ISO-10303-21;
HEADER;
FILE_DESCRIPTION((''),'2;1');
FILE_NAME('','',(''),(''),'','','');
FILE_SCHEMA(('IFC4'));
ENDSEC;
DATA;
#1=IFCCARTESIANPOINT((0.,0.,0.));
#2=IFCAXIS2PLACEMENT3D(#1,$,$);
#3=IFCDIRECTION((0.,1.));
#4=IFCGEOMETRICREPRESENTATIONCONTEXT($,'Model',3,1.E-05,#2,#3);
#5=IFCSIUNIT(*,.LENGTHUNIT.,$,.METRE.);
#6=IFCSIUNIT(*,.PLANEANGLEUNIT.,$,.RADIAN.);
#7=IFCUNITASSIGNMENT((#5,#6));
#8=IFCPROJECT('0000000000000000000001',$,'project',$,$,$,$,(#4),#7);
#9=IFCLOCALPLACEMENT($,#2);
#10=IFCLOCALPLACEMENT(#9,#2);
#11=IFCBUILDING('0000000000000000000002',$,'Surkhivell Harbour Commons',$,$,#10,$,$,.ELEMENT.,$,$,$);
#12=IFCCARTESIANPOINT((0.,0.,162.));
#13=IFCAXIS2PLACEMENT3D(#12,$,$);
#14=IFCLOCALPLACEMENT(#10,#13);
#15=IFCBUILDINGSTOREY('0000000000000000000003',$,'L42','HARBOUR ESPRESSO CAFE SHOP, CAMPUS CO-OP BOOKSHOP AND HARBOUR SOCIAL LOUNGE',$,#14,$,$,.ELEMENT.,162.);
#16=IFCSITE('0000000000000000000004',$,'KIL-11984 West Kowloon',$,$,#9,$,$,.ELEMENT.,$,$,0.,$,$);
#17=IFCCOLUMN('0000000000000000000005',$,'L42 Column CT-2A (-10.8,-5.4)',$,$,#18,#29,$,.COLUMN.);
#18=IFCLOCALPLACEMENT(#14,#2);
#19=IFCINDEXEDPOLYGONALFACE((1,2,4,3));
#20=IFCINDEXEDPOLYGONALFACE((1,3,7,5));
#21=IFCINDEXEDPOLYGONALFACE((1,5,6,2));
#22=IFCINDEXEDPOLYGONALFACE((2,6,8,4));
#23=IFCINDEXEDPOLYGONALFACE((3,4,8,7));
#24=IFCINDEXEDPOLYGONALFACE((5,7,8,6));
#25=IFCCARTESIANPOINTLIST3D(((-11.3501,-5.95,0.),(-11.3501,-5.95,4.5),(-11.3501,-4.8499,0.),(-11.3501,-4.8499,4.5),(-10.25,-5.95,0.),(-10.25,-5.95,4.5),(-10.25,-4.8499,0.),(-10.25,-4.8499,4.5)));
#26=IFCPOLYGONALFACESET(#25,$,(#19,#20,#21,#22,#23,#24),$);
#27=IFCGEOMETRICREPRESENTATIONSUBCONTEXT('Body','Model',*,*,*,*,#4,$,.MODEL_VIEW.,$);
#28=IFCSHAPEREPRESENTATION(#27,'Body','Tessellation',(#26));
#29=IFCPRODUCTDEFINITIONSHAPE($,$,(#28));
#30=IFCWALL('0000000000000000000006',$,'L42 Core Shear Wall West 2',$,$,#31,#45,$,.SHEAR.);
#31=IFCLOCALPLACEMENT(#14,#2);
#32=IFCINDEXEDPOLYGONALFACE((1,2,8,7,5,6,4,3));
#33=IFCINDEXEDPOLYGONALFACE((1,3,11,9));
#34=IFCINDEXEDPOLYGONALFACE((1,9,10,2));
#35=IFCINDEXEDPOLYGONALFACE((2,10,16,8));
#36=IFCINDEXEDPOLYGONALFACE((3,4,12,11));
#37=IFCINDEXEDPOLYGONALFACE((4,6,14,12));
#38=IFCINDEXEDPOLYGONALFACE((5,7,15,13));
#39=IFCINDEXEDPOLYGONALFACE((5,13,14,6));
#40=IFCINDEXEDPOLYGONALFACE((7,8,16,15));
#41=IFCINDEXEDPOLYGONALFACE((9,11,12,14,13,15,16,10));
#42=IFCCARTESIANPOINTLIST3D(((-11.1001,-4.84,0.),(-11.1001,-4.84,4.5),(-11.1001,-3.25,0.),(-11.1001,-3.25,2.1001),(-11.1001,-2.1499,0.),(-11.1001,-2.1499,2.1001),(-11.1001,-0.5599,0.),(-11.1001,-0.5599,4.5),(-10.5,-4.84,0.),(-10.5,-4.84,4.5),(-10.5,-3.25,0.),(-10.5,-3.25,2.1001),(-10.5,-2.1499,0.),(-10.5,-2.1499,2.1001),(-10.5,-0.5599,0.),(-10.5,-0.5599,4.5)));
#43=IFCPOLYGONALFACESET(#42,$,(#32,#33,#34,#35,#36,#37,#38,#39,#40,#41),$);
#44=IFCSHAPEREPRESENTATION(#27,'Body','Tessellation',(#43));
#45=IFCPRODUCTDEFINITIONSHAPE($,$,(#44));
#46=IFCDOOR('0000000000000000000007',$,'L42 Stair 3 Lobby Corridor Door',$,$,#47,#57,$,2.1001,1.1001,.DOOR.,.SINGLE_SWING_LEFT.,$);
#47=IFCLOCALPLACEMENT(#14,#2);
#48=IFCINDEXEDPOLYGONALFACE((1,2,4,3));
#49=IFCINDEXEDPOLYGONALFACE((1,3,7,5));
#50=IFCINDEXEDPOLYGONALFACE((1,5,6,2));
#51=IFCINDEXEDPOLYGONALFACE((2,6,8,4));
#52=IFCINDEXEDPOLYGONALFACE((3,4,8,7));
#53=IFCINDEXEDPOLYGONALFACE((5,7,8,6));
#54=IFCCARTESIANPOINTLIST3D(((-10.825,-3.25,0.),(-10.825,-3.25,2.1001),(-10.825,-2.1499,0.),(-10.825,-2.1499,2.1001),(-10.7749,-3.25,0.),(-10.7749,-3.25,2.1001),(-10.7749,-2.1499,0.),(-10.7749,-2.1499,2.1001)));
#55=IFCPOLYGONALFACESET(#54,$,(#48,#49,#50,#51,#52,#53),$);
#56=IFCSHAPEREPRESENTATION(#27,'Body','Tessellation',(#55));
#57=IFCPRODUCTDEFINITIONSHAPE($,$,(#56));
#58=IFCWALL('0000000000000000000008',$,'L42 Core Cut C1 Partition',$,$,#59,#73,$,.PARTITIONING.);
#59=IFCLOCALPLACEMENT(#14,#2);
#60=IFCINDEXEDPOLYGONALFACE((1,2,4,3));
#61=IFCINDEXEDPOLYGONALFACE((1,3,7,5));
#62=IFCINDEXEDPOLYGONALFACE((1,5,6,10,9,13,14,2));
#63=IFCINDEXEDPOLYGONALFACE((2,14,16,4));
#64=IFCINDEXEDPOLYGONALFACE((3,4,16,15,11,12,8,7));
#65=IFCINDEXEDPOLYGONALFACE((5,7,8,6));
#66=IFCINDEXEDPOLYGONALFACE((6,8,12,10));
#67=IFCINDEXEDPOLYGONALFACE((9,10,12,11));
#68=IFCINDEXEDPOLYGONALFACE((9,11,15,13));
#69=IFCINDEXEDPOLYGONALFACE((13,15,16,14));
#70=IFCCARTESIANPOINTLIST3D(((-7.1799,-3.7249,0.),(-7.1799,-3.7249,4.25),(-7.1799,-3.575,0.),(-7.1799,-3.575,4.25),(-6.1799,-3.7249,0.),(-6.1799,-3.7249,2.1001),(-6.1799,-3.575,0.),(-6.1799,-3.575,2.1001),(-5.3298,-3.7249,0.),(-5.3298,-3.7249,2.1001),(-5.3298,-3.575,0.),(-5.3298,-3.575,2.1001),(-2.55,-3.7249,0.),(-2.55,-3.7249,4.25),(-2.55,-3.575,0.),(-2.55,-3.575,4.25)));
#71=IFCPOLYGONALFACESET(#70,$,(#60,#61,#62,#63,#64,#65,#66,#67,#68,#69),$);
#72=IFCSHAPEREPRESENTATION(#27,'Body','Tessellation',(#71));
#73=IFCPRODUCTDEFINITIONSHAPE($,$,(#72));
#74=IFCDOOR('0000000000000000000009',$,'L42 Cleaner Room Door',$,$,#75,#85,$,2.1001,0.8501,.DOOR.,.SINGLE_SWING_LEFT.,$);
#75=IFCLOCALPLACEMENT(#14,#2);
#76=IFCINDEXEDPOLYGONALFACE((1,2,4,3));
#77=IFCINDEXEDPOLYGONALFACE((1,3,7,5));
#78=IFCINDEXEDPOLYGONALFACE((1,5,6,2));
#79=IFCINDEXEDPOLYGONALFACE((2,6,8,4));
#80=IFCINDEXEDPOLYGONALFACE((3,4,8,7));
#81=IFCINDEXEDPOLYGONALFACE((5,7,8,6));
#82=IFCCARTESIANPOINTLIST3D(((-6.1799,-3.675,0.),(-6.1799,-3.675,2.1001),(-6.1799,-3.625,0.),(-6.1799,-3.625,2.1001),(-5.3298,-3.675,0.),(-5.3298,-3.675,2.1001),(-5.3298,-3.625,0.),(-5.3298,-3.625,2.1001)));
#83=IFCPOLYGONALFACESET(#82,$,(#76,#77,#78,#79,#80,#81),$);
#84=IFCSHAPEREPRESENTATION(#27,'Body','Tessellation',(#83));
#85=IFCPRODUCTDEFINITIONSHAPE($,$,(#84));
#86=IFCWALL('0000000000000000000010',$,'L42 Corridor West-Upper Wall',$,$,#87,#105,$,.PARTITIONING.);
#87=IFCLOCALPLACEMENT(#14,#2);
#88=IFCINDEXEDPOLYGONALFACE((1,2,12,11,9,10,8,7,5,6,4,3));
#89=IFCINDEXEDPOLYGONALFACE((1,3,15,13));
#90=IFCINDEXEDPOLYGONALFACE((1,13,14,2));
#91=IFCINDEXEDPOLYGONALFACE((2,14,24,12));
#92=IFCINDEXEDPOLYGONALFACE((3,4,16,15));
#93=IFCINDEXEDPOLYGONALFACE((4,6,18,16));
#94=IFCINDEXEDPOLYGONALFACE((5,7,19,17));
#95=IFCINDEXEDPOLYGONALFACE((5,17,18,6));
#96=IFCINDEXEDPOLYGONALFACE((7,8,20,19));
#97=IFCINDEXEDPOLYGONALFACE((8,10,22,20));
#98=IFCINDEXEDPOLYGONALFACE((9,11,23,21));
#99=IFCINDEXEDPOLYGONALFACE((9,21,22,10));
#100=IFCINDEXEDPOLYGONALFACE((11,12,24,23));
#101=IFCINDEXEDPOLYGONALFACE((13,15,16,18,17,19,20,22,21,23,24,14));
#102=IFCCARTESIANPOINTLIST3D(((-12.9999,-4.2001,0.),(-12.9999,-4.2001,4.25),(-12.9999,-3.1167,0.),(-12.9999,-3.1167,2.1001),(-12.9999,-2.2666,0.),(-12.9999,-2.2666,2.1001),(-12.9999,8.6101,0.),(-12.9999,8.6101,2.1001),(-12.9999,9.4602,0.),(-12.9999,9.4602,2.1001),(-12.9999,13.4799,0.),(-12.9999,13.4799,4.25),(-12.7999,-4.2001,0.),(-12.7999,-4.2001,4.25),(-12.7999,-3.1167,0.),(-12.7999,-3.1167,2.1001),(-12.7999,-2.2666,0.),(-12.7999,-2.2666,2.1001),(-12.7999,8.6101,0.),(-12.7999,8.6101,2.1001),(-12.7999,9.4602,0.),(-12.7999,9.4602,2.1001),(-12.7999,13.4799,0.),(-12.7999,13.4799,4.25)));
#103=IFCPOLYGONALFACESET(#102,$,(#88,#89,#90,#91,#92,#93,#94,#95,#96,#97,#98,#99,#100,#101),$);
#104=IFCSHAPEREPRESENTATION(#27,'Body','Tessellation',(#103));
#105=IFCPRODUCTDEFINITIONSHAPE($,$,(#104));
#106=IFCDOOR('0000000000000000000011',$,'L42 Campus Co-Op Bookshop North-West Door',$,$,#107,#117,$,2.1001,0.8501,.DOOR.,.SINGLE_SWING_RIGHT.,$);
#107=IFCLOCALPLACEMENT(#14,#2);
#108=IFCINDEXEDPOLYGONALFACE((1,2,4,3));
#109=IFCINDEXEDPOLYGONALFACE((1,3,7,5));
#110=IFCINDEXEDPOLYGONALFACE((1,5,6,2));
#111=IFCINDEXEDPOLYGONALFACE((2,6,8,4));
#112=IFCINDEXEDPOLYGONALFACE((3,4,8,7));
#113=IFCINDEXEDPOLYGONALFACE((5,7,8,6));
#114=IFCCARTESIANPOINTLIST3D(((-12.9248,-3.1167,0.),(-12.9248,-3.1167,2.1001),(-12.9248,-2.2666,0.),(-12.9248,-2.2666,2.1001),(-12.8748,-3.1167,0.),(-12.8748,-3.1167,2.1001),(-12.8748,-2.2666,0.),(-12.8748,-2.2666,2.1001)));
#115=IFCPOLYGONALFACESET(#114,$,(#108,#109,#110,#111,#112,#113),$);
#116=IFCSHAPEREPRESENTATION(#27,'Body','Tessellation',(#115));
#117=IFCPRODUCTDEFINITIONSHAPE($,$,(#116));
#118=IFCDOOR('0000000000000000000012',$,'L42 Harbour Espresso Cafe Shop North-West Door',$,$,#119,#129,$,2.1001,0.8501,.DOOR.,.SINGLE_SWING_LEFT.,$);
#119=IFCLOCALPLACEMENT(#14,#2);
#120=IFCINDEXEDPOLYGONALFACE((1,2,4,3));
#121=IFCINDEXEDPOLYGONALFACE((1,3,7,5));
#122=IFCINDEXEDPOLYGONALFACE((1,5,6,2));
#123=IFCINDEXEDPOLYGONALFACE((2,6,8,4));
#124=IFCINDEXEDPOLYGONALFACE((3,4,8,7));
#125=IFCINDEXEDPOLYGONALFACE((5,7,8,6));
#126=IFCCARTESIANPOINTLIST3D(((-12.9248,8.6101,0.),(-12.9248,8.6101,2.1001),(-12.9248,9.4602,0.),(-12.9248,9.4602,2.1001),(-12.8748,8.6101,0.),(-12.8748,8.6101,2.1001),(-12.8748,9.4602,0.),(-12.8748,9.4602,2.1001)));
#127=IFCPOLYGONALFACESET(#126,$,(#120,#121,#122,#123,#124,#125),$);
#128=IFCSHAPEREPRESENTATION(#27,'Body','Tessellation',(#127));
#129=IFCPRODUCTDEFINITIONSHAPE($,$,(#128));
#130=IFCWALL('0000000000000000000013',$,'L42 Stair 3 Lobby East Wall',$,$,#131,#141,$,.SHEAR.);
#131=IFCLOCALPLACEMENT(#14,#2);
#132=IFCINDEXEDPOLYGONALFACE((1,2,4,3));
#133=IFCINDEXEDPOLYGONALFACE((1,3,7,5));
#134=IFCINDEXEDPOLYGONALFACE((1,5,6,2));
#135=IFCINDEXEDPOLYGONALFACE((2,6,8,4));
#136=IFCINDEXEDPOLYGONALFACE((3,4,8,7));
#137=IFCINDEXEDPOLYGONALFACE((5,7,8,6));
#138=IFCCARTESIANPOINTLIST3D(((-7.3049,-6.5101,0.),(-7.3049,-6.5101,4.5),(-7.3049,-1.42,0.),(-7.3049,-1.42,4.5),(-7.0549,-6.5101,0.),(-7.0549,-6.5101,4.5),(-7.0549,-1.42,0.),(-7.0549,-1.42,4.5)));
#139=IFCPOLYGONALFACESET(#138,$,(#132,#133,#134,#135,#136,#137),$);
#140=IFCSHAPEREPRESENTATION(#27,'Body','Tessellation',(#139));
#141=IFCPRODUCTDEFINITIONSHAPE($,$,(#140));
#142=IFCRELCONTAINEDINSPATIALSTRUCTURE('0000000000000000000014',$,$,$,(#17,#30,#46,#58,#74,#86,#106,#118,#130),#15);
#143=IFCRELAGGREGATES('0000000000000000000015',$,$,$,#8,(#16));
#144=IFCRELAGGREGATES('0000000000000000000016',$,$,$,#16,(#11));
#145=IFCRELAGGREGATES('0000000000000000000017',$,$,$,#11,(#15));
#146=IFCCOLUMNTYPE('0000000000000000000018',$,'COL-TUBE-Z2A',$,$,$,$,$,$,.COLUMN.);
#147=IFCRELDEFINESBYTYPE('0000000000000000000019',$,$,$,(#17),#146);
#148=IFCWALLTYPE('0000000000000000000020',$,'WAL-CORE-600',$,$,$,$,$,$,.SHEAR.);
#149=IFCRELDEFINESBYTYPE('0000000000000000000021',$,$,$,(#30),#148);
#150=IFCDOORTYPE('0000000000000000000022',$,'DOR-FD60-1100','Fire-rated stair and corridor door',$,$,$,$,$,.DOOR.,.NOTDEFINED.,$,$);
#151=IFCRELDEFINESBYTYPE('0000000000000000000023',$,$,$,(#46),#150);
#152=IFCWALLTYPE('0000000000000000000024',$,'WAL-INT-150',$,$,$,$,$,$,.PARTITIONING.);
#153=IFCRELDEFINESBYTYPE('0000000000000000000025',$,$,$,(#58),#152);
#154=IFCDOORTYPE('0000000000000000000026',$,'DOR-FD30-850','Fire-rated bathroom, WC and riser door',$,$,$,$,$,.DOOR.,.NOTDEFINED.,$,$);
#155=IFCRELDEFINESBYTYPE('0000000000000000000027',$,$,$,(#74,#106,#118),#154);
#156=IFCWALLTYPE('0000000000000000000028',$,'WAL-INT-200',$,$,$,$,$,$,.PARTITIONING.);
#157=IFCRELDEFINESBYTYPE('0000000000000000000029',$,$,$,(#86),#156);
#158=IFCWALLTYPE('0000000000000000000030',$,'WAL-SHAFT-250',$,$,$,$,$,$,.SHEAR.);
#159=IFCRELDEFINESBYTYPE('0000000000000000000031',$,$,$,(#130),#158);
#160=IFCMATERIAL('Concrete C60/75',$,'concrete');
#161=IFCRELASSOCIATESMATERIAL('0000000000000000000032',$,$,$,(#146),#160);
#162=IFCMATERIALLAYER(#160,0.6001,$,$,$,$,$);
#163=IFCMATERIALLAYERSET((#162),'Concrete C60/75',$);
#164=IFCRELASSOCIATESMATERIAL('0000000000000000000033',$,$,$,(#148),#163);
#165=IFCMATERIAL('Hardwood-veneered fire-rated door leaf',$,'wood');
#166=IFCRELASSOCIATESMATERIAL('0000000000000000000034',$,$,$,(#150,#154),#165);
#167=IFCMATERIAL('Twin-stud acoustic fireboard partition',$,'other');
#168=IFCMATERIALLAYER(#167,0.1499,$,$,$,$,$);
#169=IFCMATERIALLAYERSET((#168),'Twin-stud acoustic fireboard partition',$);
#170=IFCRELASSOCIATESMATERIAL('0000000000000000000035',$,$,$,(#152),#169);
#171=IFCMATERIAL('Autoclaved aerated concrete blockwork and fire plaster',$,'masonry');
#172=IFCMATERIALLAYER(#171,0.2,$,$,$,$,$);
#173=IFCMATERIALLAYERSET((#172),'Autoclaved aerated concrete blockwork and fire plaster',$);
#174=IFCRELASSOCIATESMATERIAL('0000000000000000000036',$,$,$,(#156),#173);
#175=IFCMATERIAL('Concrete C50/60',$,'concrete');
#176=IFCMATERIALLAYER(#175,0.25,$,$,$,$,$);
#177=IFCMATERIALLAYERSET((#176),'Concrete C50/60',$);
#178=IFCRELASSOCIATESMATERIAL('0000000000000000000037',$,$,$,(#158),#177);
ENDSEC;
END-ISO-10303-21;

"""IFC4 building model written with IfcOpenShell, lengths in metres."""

from ifc_helpers import new_model, si_unit, direction, frame, frame_2d, origin, origin_2d, place, context, subcontext, project, spatial, rectangle, extrude, material, layer, layer_set, material_profile, profile_set, type_object, element, fill, save


model = new_model("IFC4")

# Units and contexts
model_context = context("Model", 3, precision=1e-05, world=origin(), true_north=direction((0.0, 1.0)))
body_context = subcontext(model_context, "Body", "Model", "MODEL_VIEW")
ifc_project = project(units=[si_unit("LENGTHUNIT", "METRE"), si_unit("PLANEANGLEUNIT", "RADIAN")], contexts=[model_context])

# Site, building, storey
site_placement = place(None, origin())
site = spatial("IfcSite", under=ifc_project, at=site_placement, Name="KIL-11984 West Kowloon", CompositionType="ELEMENT", RefElevation=0.0)
building_placement = place(site_placement, origin())
building = spatial("IfcBuilding", under=site, at=building_placement, Name="Surkhivell Harbour Commons", CompositionType="ELEMENT")
storey_placement = place(building_placement, frame((0.0, 0.0, 162.0)))
storey = spatial("IfcBuildingStorey", under=building, at=storey_placement, Name="L42", Description="HARBOUR ESPRESSO CAFE SHOP, CAMPUS CO-OP BOOKSHOP AND HARBOUR SOCIAL LOUNGE", CompositionType="ELEMENT", Elevation=162.0)

# Column
ifc_material_1 = material(Name="Concrete C60/75", Category="concrete")
ifc_material_profile = material_profile(ifc_material_1, rectangle(XDim=1.1001, YDim=1.1001, at=origin_2d()), Name="RC-COL-1100x1100")
ifc_profile_set = profile_set([ifc_material_profile], Name="Concrete C60/75")
column_type = type_object("IfcColumnType", Name="COL-TUBE-Z2A", PredefinedType="COLUMN", material=ifc_profile_set)
column_placement = place(storey_placement, frame((-10.8, -5.3999, 0.0), z_axis=(0.0, 0.0, 1.0), x_axis=(1.0, 0.0, 0.0)))
element("IfcColumn", 1, at=column_placement, inside=storey, type_object=column_type, Name="L42 Column CT-2A (-10.8,-5.4)", PredefinedType="COLUMN", context=body_context, shape_type="SweptSolid", body=[
    extrude(rectangle(XDim=1.1001, YDim=1.1001, at=origin_2d()), origin(), (0.0, 0.0, 1.0), 4.5),
])

# Walls, openings, doors
ifc_layer_1 = layer(ifc_material_1, 0.6001)
ifc_layer_set_1 = layer_set([ifc_layer_1], Name="Concrete C60/75")
wall_type_1 = type_object("IfcWallType", Name="WAL-CORE-600", PredefinedType="SHEAR", material=ifc_layer_set_1)
wall_1_placement = place(storey_placement, frame((-10.8, -4.8401, 0.0), z_axis=(0.0, 0.0, 1.0), x_axis=(0.0, 1.0, 0.0)))
wall_1 = element("IfcWall", 2, at=wall_1_placement, inside=storey, type_object=wall_type_1, Name="L42 Core Shear Wall West 2", PredefinedType="SHEAR", context=body_context, shape_type="SweptSolid", body=[
    extrude(rectangle(XDim=4.28, YDim=0.6001, at=frame_2d((2.1401, 0.0))), origin(), (0.0, 0.0, 1.0), 4.5),
])
opening_1_placement = place(wall_1_placement, frame((1.5901, 0.0, 0.0)))
opening_1 = element("IfcOpeningElement", 3, at=opening_1_placement, cuts=wall_1, PredefinedType="OPENING", context=body_context, shape_type="SweptSolid", body=[
    extrude(rectangle(XDim=1.1001, YDim=2.1001, at=frame_2d((0.55, 1.05))), frame((0.0, 0.3101, 0.0), z_axis=(0.0, -1.0, 0.0), x_axis=(1.0, 0.0, 0.0)), (0.0, 0.0, 1.0), 0.6201),
])
ifc_material_2 = material(Name="Hardwood-veneered fire-rated door leaf", Category="wood")
door_type_1 = type_object("IfcDoorType", Name="DOR-FD60-1100", Description="Fire-rated stair and corridor door", OperationType="NOTDEFINED", PredefinedType="DOOR", material=ifc_material_2)
door_1_placement = place(opening_1_placement, origin())
door_1 = element("IfcDoor", 4, at=door_1_placement, inside=storey, type_object=door_type_1, Name="L42 Stair 3 Lobby Corridor Door", OperationType="SINGLE_SWING_LEFT", OverallHeight=2.1001, OverallWidth=1.1001, PredefinedType="DOOR", context=body_context, shape_type="SweptSolid", body=[
    extrude(rectangle(XDim=1.1001, YDim=2.1001, at=frame_2d((0.55, 1.05))), frame((0.0, 0.0249, 0.0), z_axis=(0.0, -1.0, 0.0), x_axis=(1.0, 0.0, 0.0)), (0.0, 0.0, 1.0), 0.05),
])
fill(opening_1, door_1)
ifc_material_3 = material(Name="Twin-stud acoustic fireboard partition", Category="other")
ifc_layer_2 = layer(ifc_material_3, 0.1499)
ifc_layer_set_2 = layer_set([ifc_layer_2], Name="Twin-stud acoustic fireboard partition")
wall_type_2 = type_object("IfcWallType", Name="WAL-INT-150", PredefinedType="PARTITIONING", material=ifc_layer_set_2)
wall_2_placement = place(storey_placement, frame((-7.1799, -3.6499, 0.0), z_axis=(0.0, 0.0, 1.0), x_axis=(1.0, 0.0, 0.0)))
wall_2 = element("IfcWall", 5, at=wall_2_placement, inside=storey, type_object=wall_type_2, Name="L42 Core Cut C1 Partition", PredefinedType="PARTITIONING", context=body_context, shape_type="SweptSolid", body=[
    extrude(rectangle(XDim=4.6299, YDim=0.1499, at=frame_2d((2.3149, 0.0))), origin(), (0.0, 0.0, 1.0), 4.25),
])
opening_2_placement = place(wall_2_placement, frame((1.0, 0.0, 0.0)))
opening_2 = element("IfcOpeningElement", 6, at=opening_2_placement, cuts=wall_2, PredefinedType="OPENING", context=body_context, shape_type="SweptSolid", body=[
    extrude(rectangle(XDim=0.8501, YDim=2.1001, at=frame_2d((0.425, 1.05))), frame((0.0, 0.085, 0.0), z_axis=(0.0, -1.0, 0.0), x_axis=(1.0, 0.0, 0.0)), (0.0, 0.0, 1.0), 0.1699),
])
door_type_2 = type_object("IfcDoorType", Name="DOR-FD30-850", Description="Fire-rated bathroom, WC and riser door", OperationType="NOTDEFINED", PredefinedType="DOOR", material=ifc_material_2)
door_2_placement = place(opening_2_placement, origin())
door_2 = element("IfcDoor", 7, at=door_2_placement, inside=storey, type_object=door_type_2, Name="L42 Cleaner Room Door", OperationType="SINGLE_SWING_LEFT", OverallHeight=2.1001, OverallWidth=0.8501, PredefinedType="DOOR", context=body_context, shape_type="SweptSolid", body=[
    extrude(rectangle(XDim=0.8501, YDim=2.1001, at=frame_2d((0.425, 1.05))), frame((0.0, 0.0249, 0.0), z_axis=(0.0, -1.0, 0.0), x_axis=(1.0, 0.0, 0.0)), (0.0, 0.0, 1.0), 0.05),
])
fill(opening_2, door_2)

# Wall, openings, doors
ifc_material_4 = material(Name="Autoclaved aerated concrete blockwork and fire plaster", Category="masonry")
ifc_layer_3 = layer(ifc_material_4, 0.2)
ifc_layer_set_3 = layer_set([ifc_layer_3], Name="Autoclaved aerated concrete blockwork and fire plaster")
wall_type_3 = type_object("IfcWallType", Name="WAL-INT-200", PredefinedType="PARTITIONING", material=ifc_layer_set_3)
wall_3_placement = place(storey_placement, frame((-12.8999, -4.2, 0.0), z_axis=(0.0, 0.0, 1.0), x_axis=(0.0, 1.0, 0.0)))
wall_3 = element("IfcWall", 8, at=wall_3_placement, inside=storey, type_object=wall_type_3, Name="L42 Corridor West-Upper Wall", PredefinedType="PARTITIONING", context=body_context, shape_type="SweptSolid", body=[
    extrude(rectangle(XDim=17.6799, YDim=0.2, at=frame_2d((8.8398, 0.0))), origin(), (0.0, 0.0, 1.0), 4.25),
])
opening_3_placement = place(wall_3_placement, frame((1.0833, 0.0, 0.0)))
opening_3 = element("IfcOpeningElement", 9, at=opening_3_placement, cuts=wall_3, PredefinedType="OPENING", context=body_context, shape_type="SweptSolid", body=[
    extrude(rectangle(XDim=0.8501, YDim=2.1001, at=frame_2d((0.425, 1.05))), frame((0.0, 0.1099, 0.0), z_axis=(0.0, -1.0, 0.0), x_axis=(1.0, 0.0, 0.0)), (0.0, 0.0, 1.0), 0.22),
])
opening_4_placement = place(wall_3_placement, frame((12.8101, 0.0, 0.0)))
opening_4 = element("IfcOpeningElement", 10, at=opening_4_placement, cuts=wall_3, PredefinedType="OPENING", context=body_context, shape_type="SweptSolid", body=[
    extrude(rectangle(XDim=0.8501, YDim=2.1001, at=frame_2d((0.425, 1.05))), frame((0.0, 0.1099, 0.0), z_axis=(0.0, -1.0, 0.0), x_axis=(1.0, 0.0, 0.0)), (0.0, 0.0, 1.0), 0.22),
])
door_3_placement = place(opening_3_placement, origin())
door_3 = element("IfcDoor", 11, at=door_3_placement, inside=storey, type_object=door_type_2, Name="L42 Campus Co-Op Bookshop North-West Door", OperationType="SINGLE_SWING_RIGHT", OverallHeight=2.1001, OverallWidth=0.8501, PredefinedType="DOOR", context=body_context, shape_type="SweptSolid", body=[
    extrude(rectangle(XDim=0.8501, YDim=2.1001, at=frame_2d((0.425, 1.05))), frame((0.0, 0.0249, 0.0), z_axis=(0.0, -1.0, 0.0), x_axis=(1.0, 0.0, 0.0)), (0.0, 0.0, 1.0), 0.05),
])
fill(opening_3, door_3)
door_4_placement = place(opening_4_placement, origin())
door_4 = element("IfcDoor", 12, at=door_4_placement, inside=storey, type_object=door_type_2, Name="L42 Harbour Espresso Cafe Shop North-West Door", OperationType="SINGLE_SWING_LEFT", OverallHeight=2.1001, OverallWidth=0.8501, PredefinedType="DOOR", context=body_context, shape_type="SweptSolid", body=[
    extrude(rectangle(XDim=0.8501, YDim=2.1001, at=frame_2d((0.425, 1.05))), frame((0.0, 0.0249, 0.0), z_axis=(0.0, -1.0, 0.0), x_axis=(1.0, 0.0, 0.0)), (0.0, 0.0, 1.0), 0.05),
])
fill(opening_4, door_4)

# Wall
ifc_material_5 = material(Name="Concrete C50/60", Category="concrete")
ifc_layer_4 = layer(ifc_material_5, 0.25)
ifc_layer_set_4 = layer_set([ifc_layer_4], Name="Concrete C50/60")
wall_type_4 = type_object("IfcWallType", Name="WAL-SHAFT-250", PredefinedType="SHEAR", material=ifc_layer_set_4)
wall_4_placement = place(storey_placement, frame((-7.1799, -6.51, 0.0), z_axis=(0.0, 0.0, 1.0), x_axis=(0.0, 1.0, 0.0)))
element("IfcWall", 13, at=wall_4_placement, inside=storey, type_object=wall_type_4, Name="L42 Stair 3 Lobby East Wall", PredefinedType="SHEAR", context=body_context, shape_type="SweptSolid", body=[
    extrude(rectangle(XDim=5.0901, YDim=0.25, at=frame_2d((2.5449, 0.0))), origin(), (0.0, 0.0, 1.0), 4.5),
])

save(model, "model.ifc")
